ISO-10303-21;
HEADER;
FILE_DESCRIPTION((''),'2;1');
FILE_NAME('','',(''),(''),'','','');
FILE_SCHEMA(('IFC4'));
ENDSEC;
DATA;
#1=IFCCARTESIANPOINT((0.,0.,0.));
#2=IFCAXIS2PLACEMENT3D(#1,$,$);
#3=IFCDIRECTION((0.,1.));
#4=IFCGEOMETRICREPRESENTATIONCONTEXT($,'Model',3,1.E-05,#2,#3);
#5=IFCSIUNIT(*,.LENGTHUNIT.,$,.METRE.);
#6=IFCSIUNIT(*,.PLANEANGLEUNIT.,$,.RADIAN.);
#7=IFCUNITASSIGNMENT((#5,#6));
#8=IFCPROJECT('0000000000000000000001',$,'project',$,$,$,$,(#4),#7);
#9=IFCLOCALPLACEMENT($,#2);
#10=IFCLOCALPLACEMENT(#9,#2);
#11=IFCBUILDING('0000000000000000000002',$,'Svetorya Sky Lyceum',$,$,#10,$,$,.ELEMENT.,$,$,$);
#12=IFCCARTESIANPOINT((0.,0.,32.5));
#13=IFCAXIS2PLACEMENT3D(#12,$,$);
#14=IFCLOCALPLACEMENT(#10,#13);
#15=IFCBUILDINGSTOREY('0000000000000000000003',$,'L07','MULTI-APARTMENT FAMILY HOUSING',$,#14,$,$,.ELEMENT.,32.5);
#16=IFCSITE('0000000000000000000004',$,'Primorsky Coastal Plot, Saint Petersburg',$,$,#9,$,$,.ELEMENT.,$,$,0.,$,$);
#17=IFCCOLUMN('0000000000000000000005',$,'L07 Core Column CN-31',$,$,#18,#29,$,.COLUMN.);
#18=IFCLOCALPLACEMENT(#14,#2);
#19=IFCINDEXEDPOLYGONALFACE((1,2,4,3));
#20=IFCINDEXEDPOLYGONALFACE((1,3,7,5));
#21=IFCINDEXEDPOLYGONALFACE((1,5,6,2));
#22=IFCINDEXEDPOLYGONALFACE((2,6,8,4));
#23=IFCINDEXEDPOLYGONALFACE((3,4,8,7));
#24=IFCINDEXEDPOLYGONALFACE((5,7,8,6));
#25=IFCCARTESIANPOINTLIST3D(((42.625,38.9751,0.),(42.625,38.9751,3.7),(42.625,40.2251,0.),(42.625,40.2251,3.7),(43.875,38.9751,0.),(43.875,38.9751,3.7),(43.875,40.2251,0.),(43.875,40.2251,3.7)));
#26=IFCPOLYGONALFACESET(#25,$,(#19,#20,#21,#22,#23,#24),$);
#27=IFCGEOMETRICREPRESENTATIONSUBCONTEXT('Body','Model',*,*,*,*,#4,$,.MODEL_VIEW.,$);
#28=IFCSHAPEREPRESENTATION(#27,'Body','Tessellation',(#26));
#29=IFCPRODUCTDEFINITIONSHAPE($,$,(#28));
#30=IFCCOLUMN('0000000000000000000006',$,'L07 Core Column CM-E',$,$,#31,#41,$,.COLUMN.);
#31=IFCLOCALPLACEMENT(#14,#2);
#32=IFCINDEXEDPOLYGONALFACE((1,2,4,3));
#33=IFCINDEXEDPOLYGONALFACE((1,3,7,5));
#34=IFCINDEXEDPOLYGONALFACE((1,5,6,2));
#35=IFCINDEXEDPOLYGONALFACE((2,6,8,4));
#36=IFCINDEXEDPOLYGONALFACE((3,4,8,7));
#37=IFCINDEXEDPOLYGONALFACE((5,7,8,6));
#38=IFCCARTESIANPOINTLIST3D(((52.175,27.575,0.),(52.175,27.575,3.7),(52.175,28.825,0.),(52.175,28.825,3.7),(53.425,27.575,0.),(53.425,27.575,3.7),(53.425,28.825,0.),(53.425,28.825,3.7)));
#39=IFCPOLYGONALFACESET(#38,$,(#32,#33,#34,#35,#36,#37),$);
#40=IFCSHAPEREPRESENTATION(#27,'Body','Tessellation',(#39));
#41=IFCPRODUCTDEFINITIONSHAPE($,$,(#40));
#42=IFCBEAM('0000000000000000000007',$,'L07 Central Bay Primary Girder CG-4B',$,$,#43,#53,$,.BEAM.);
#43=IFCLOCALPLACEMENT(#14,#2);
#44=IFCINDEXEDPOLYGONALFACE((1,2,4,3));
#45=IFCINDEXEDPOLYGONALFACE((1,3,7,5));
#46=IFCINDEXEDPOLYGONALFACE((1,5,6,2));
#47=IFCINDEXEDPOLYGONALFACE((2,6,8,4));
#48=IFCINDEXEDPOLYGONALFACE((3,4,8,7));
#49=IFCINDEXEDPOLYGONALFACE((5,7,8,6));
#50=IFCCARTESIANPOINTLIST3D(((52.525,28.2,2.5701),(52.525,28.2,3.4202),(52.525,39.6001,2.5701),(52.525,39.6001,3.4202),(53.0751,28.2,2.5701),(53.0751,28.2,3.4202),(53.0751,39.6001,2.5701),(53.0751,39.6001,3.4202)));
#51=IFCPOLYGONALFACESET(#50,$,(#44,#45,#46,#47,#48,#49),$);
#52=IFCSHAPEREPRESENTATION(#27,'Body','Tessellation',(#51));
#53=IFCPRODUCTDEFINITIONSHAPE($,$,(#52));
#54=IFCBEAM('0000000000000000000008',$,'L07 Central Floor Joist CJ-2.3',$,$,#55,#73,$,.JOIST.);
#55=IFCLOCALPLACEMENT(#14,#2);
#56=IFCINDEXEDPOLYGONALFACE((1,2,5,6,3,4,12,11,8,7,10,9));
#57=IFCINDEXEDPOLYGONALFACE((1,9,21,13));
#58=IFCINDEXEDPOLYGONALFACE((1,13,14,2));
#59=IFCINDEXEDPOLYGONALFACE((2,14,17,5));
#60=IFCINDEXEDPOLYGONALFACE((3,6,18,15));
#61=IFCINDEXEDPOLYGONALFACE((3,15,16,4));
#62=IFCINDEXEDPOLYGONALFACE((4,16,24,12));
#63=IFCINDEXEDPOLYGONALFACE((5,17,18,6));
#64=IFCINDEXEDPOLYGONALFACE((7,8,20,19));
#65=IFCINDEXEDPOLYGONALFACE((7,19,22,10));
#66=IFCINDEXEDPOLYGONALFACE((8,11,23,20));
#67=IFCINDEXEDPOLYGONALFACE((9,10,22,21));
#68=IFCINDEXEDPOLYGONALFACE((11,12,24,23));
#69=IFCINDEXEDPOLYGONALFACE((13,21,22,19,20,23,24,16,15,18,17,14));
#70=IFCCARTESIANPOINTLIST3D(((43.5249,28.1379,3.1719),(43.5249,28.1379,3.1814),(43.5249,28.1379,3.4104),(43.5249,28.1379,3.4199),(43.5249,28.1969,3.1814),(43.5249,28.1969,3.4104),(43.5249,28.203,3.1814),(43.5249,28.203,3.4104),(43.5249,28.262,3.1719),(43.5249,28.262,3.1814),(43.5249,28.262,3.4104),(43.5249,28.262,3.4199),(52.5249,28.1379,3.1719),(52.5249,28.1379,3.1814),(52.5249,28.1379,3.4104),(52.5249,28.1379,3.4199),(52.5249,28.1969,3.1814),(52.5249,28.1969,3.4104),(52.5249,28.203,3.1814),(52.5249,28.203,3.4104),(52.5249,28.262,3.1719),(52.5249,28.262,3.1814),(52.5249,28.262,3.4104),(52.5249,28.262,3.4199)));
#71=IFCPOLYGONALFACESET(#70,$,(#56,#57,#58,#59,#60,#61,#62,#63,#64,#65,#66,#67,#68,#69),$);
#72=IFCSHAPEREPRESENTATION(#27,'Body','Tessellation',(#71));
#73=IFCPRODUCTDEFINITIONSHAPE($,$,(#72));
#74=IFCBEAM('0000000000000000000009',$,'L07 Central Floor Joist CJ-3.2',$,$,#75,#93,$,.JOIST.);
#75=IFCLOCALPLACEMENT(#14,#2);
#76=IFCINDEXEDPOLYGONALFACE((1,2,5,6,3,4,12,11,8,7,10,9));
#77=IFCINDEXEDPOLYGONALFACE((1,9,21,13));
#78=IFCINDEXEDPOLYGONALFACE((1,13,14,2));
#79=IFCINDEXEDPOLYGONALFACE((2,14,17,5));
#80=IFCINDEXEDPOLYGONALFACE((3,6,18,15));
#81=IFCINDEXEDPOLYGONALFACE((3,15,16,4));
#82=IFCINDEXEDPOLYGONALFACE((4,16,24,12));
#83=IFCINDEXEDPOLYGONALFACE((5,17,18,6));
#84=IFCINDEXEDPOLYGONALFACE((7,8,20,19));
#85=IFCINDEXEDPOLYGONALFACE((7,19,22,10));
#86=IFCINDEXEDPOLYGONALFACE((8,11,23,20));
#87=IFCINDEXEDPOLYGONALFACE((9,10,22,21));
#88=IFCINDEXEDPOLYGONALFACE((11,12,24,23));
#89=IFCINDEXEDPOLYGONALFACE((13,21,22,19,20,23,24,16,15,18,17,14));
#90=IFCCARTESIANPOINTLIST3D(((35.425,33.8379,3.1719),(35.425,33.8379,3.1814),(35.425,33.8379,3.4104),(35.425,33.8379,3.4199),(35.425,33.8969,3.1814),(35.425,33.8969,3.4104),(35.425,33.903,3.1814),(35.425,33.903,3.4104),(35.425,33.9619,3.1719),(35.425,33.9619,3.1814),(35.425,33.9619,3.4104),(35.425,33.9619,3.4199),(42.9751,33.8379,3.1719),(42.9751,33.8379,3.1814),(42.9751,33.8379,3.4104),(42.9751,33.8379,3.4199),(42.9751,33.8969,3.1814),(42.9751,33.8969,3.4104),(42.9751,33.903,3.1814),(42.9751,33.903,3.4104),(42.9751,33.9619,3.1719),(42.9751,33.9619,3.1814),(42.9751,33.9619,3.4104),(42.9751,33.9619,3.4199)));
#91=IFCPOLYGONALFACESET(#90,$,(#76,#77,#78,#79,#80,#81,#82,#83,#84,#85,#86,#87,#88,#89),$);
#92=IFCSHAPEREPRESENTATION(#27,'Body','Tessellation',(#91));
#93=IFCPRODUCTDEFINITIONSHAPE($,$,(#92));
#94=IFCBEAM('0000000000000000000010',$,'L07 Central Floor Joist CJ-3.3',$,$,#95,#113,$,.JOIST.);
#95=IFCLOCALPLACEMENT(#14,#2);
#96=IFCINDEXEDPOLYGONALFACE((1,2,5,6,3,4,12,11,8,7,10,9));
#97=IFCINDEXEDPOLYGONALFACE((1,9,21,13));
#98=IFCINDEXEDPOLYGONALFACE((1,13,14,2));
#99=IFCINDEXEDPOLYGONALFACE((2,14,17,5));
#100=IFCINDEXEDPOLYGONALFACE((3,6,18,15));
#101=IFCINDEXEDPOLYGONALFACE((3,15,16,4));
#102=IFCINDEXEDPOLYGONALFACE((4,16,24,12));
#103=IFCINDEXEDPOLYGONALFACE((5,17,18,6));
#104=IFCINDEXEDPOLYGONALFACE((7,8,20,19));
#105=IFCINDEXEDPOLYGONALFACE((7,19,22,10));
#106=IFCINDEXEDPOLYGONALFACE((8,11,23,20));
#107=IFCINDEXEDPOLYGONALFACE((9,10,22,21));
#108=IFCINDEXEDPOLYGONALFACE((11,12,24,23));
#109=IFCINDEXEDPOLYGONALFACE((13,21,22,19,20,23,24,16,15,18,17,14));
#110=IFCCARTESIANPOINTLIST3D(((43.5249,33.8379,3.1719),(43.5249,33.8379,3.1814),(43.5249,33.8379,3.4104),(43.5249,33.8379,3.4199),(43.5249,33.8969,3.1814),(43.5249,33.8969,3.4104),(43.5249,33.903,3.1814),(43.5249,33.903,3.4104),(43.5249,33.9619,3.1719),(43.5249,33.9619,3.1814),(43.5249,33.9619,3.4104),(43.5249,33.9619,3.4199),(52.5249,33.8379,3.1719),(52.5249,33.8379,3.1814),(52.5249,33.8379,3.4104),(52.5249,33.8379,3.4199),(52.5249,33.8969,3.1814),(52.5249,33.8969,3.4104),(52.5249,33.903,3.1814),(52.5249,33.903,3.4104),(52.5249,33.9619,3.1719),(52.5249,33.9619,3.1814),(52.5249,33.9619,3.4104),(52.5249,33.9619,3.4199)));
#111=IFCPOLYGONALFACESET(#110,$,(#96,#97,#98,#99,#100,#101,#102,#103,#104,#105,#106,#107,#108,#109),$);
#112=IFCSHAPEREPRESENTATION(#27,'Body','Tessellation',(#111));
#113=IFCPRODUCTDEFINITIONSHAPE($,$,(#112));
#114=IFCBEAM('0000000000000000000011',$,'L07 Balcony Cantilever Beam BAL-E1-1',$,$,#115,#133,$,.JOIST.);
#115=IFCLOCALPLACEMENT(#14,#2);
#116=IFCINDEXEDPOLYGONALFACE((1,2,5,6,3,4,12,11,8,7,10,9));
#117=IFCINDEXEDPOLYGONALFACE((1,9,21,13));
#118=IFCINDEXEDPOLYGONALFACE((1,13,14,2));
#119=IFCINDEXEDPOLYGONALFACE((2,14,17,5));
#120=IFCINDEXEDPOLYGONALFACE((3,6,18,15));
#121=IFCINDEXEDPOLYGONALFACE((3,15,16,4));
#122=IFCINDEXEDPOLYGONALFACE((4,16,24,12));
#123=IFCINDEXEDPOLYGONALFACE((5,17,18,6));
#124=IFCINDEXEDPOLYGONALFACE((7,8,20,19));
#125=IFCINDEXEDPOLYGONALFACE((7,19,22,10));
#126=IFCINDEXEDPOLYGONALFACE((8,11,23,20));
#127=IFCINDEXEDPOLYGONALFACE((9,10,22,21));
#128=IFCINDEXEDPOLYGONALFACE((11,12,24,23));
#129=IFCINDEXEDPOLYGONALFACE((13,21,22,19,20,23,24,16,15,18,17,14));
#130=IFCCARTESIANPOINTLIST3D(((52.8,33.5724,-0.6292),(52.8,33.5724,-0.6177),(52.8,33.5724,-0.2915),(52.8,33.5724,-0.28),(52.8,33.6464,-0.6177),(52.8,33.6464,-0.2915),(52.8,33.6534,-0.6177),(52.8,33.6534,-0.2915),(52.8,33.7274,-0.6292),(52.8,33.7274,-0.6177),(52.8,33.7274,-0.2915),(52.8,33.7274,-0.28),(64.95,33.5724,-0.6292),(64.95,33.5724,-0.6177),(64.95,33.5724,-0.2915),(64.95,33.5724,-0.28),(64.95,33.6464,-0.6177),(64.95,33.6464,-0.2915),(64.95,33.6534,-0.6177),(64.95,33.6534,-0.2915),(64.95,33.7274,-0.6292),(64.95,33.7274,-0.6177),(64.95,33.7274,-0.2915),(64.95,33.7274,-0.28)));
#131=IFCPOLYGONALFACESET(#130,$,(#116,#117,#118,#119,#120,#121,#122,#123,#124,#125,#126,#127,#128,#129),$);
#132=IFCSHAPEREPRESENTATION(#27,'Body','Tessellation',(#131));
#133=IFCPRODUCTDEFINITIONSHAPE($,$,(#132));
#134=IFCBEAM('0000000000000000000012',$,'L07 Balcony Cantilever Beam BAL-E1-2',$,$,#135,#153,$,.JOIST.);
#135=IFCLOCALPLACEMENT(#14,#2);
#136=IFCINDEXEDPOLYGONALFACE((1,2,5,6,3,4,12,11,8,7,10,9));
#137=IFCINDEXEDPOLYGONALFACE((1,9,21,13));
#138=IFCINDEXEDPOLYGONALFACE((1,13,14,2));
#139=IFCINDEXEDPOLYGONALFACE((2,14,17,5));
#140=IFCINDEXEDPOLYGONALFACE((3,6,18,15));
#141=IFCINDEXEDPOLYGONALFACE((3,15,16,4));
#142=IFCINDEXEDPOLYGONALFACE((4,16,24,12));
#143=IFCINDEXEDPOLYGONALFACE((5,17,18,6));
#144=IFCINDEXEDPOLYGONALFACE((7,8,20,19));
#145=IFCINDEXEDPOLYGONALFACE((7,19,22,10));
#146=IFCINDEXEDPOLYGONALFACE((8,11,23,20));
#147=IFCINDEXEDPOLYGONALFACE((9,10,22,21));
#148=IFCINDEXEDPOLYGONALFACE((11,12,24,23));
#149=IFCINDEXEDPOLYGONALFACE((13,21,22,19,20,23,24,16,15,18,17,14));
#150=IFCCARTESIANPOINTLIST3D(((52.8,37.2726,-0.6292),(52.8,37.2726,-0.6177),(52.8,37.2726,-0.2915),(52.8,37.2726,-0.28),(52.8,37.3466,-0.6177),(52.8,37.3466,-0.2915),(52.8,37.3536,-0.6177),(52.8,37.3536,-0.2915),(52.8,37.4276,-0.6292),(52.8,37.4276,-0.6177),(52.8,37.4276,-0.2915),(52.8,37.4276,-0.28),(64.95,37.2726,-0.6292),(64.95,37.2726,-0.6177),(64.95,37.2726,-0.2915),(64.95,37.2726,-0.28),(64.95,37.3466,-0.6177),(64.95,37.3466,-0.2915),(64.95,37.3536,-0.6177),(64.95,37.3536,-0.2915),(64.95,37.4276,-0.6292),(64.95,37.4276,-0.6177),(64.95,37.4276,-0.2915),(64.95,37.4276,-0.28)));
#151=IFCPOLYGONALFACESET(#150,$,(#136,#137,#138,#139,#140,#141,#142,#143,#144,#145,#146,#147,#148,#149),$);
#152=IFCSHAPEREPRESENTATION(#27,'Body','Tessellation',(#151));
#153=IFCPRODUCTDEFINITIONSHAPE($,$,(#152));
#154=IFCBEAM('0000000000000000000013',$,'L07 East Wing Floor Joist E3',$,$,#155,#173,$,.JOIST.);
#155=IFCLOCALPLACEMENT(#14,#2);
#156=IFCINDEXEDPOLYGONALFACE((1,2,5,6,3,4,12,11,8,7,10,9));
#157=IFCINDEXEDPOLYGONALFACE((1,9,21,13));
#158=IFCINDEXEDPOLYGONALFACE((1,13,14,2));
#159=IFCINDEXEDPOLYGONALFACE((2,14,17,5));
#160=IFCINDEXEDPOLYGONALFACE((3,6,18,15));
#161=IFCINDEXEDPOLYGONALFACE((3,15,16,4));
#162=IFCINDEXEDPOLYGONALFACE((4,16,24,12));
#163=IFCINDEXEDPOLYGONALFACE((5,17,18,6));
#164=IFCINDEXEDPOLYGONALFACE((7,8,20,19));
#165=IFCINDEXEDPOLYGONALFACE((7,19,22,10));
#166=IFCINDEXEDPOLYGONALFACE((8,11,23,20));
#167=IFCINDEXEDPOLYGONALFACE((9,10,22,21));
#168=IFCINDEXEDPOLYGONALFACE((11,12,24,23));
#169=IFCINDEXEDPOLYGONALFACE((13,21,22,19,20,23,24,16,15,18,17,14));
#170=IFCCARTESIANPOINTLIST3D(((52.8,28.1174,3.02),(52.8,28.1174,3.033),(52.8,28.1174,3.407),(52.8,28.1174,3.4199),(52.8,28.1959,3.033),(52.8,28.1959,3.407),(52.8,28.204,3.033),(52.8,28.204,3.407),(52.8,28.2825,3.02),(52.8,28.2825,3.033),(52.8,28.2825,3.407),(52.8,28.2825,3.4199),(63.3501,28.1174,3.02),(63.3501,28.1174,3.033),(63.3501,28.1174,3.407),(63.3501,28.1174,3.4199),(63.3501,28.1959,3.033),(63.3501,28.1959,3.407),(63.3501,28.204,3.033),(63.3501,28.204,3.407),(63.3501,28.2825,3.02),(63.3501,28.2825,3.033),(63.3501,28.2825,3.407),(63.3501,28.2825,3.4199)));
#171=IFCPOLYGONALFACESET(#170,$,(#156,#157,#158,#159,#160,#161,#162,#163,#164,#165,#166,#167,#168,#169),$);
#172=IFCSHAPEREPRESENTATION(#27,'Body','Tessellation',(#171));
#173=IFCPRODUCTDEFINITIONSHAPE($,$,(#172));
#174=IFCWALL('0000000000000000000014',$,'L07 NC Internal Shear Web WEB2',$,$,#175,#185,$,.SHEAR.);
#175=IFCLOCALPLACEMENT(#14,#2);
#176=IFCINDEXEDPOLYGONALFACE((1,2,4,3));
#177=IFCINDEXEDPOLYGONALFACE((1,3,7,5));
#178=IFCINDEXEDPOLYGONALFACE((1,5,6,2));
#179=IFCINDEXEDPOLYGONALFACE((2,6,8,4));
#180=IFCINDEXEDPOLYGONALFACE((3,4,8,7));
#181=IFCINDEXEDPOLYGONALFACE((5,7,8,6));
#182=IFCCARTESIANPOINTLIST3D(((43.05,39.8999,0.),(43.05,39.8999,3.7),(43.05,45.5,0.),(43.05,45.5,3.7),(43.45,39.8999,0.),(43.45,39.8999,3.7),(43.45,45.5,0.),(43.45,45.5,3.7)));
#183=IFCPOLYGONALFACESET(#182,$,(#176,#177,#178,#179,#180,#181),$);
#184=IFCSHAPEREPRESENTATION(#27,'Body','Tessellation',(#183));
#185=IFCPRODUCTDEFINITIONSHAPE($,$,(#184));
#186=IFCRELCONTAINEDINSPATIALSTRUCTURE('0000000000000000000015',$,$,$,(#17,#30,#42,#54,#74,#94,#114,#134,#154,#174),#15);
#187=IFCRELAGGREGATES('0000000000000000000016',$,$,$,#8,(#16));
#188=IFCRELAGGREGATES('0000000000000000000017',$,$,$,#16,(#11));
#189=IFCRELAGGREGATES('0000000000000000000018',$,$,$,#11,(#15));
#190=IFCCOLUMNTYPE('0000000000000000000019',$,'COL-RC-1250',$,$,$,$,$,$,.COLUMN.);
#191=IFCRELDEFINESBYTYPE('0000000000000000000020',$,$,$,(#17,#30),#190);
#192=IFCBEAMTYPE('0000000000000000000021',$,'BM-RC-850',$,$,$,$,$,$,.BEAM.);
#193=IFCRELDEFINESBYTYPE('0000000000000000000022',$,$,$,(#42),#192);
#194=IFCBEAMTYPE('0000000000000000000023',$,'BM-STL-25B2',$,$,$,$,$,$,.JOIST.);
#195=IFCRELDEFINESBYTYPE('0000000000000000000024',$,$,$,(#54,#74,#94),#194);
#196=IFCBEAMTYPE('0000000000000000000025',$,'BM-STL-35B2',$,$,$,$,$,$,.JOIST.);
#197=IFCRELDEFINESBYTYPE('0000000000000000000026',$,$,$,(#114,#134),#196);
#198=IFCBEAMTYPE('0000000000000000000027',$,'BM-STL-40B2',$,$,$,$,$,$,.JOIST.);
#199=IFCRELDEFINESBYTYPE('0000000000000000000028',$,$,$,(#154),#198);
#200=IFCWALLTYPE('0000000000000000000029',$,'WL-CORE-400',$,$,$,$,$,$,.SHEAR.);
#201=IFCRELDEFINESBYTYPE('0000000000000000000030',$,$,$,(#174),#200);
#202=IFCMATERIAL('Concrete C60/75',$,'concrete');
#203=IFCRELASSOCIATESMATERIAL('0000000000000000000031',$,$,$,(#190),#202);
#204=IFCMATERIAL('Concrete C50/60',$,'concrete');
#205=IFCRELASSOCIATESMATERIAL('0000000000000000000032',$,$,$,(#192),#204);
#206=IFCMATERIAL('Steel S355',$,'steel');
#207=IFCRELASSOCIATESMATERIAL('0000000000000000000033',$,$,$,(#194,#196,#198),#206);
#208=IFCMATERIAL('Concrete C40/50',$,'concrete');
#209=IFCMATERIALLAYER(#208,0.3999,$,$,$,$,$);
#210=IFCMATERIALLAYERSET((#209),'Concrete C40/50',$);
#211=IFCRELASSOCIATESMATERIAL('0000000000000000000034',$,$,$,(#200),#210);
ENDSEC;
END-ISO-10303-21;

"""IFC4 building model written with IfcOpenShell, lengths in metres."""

from ifc_helpers import new_model, si_unit, direction, frame, frame_2d, origin, origin_2d, place, context, subcontext, project, spatial, rectangle, i_section, extrude, material, layer, layer_set, material_profile, profile_set, type_object, element, save


model = new_model("IFC4")

# Units and contexts
model_context = context("Model", 3, precision=1e-05, world=origin(), true_north=direction((0.0, 1.0)))
body_context = subcontext(model_context, "Body", "Model", "MODEL_VIEW")
ifc_project = project(units=[si_unit("LENGTHUNIT", "METRE"), si_unit("PLANEANGLEUNIT", "RADIAN")], contexts=[model_context])

# Site, building, storey
site_placement = place(None, origin())
site = spatial("IfcSite", under=ifc_project, at=site_placement, Name="Primorsky Coastal Plot, Saint Petersburg", CompositionType="ELEMENT", RefElevation=0.0)
building_placement = place(site_placement, origin())
building = spatial("IfcBuilding", under=site, at=building_placement, Name="Svetorya Sky Lyceum", CompositionType="ELEMENT")
storey_placement = place(building_placement, frame((0.0, 0.0, 32.5)))
storey = spatial("IfcBuildingStorey", under=building, at=storey_placement, Name="L07", Description="MULTI-APARTMENT FAMILY HOUSING", CompositionType="ELEMENT", Elevation=32.5)

# Columns
ifc_material_1 = material(Name="Concrete C60/75", Category="concrete")
ifc_material_profile_1 = material_profile(ifc_material_1, rectangle(XDim=1.25, YDim=1.25, at=origin_2d()), Name="RC COL 1250x1250")
ifc_profile_set_1 = profile_set([ifc_material_profile_1], Name="Concrete C60/75")
column_type = type_object("IfcColumnType", Name="COL-RC-1250", PredefinedType="COLUMN", material=ifc_profile_set_1)
for number, where, z_axis, x_axis, name in (
    (1, (43.25, 39.6001, 0.0), (0.0, 0.0, 1.0), (1.0, 0.0, 0.0), "L07 Core Column CN-31"),
    (2, (52.8, 28.2, 0.0), (0.0, 0.0, 1.0), (1.0, 0.0, 0.0), "L07 Core Column CM-E"),
):
    element("IfcColumn", number, at=place(storey_placement, frame(where, z_axis=z_axis, x_axis=x_axis)), inside=storey, type_object=column_type, Name=name, PredefinedType="COLUMN", context=body_context, shape_type="SweptSolid", body=[
        extrude(rectangle(XDim=1.25, YDim=1.25, at=origin_2d()), origin(), (0.0, 0.0, 1.0), 3.7),
    ])

# Beams
ifc_material_2 = material(Name="Concrete C50/60", Category="concrete")
ifc_material_profile_2 = material_profile(ifc_material_2, rectangle(XDim=0.55, YDim=0.8501, at=origin_2d()), Name="RC BEAM 550x850")
ifc_profile_set_2 = profile_set([ifc_material_profile_2], Name="Concrete C50/60")
beam_type_1 = type_object("IfcBeamType", Name="BM-RC-850", PredefinedType="BEAM", material=ifc_profile_set_2)
beam_1_placement = place(storey_placement, frame((52.8, 28.2, 2.9951), z_axis=(0.0, 1.0, 0.0), x_axis=(-1.0, 0.0, 0.0)))
element("IfcBeam", 3, at=beam_1_placement, inside=storey, type_object=beam_type_1, Name="L07 Central Bay Primary Girder CG-4B", PredefinedType="BEAM", context=body_context, shape_type="SweptSolid", body=[
    extrude(rectangle(XDim=0.55, YDim=0.8501, at=origin_2d()), origin(), (0.0, 0.0, 1.0), 11.4001),
])
ifc_material_3 = material(Name="Steel S355", Category="steel")
ifc_material_profile_3 = material_profile(ifc_material_3, i_section(OverallWidth=0.124, OverallDepth=0.248, WebThickness=0.0061, FlangeThickness=0.0095, at=origin_2d()), Name="GOST 25B2")
ifc_profile_set_3 = profile_set([ifc_material_profile_3], Name="Steel S355")
beam_type_2 = type_object("IfcBeamType", Name="BM-STL-25B2", PredefinedType="JOIST", material=ifc_profile_set_3)
beam_2_placement = place(storey_placement, frame((43.5249, 28.2, 3.2959), z_axis=(1.0, 0.0, 0.0), x_axis=(0.0, 1.0, 0.0)))
element("IfcBeam", 4, at=beam_2_placement, inside=storey, type_object=beam_type_2, Name="L07 Central Floor Joist CJ-2.3", PredefinedType="JOIST", context=body_context, shape_type="SweptSolid", body=[
    extrude(i_section(OverallWidth=0.124, OverallDepth=0.248, WebThickness=0.0061, FlangeThickness=0.0095, at=origin_2d()), origin(), (0.0, 0.0, 1.0), 9.0),
])
beam_3_placement = place(storey_placement, frame((35.425, 33.8999, 3.2959), z_axis=(1.0, 0.0, 0.0), x_axis=(0.0, 1.0, 0.0)))
element("IfcBeam", 5, at=beam_3_placement, inside=storey, type_object=beam_type_2, Name="L07 Central Floor Joist CJ-3.2", PredefinedType="JOIST", context=body_context, shape_type="SweptSolid", body=[
    extrude(i_section(OverallWidth=0.124, OverallDepth=0.248, WebThickness=0.0061, FlangeThickness=0.0095, at=origin_2d()), origin(), (0.0, 0.0, 1.0), 7.55),
])
beam_4_placement = place(storey_placement, frame((43.5249, 33.8999, 3.2959), z_axis=(1.0, 0.0, 0.0), x_axis=(0.0, 1.0, 0.0)))
element("IfcBeam", 6, at=beam_4_placement, inside=storey, type_object=beam_type_2, Name="L07 Central Floor Joist CJ-3.3", PredefinedType="JOIST", context=body_context, shape_type="SweptSolid", body=[
    extrude(i_section(OverallWidth=0.124, OverallDepth=0.248, WebThickness=0.0061, FlangeThickness=0.0095, at=origin_2d()), origin(), (0.0, 0.0, 1.0), 9.0),
])
ifc_material_profile_4 = material_profile(ifc_material_3, i_section(OverallWidth=0.155, OverallDepth=0.3491, WebThickness=0.0071, FlangeThickness=0.0115, at=origin_2d()), Name="GOST 35B2")
ifc_profile_set_4 = profile_set([ifc_material_profile_4], Name="Steel S355")
beam_type_3 = type_object("IfcBeamType", Name="BM-STL-35B2", PredefinedType="JOIST", material=ifc_profile_set_4)
for number, where, z_axis, x_axis, name in (
    (7, (52.8, 33.6499, -0.4546), (1.0, 0.0, 0.0), (0.0, 1.0, 0.0), "L07 Balcony Cantilever Beam BAL-E1-1"),
    (8, (52.8, 37.3501, -0.4546), (1.0, 0.0, 0.0), (0.0, 1.0, 0.0), "L07 Balcony Cantilever Beam BAL-E1-2"),
):
    element("IfcBeam", number, at=place(storey_placement, frame(where, z_axis=z_axis, x_axis=x_axis)), inside=storey, type_object=beam_type_3, Name=name, PredefinedType="JOIST", context=body_context, shape_type="SweptSolid", body=[
        extrude(i_section(OverallWidth=0.155, OverallDepth=0.3491, WebThickness=0.0071, FlangeThickness=0.0115, at=origin_2d()), origin(), (0.0, 0.0, 1.0), 12.1499),
    ])
ifc_material_profile_5 = material_profile(ifc_material_3, i_section(OverallWidth=0.165, OverallDepth=0.3999, WebThickness=0.0081, FlangeThickness=0.0129, at=origin_2d()), Name="GOST 40B2")
ifc_profile_set_5 = profile_set([ifc_material_profile_5], Name="Steel S355")
beam_type_4 = type_object("IfcBeamType", Name="BM-STL-40B2", PredefinedType="JOIST", material=ifc_profile_set_5)
beam_5_placement = place(storey_placement, frame((52.8, 28.2, 3.22), z_axis=(1.0, 0.0, 0.0), x_axis=(0.0, 1.0, 0.0)))
element("IfcBeam", 9, at=beam_5_placement, inside=storey, type_object=beam_type_4, Name="L07 East Wing Floor Joist E3", PredefinedType="JOIST", context=body_context, shape_type="SweptSolid", body=[
    extrude(i_section(OverallWidth=0.165, OverallDepth=0.3999, WebThickness=0.0081, FlangeThickness=0.0129, at=origin_2d()), origin(), (0.0, 0.0, 1.0), 10.55),
])

# Wall
ifc_material_4 = material(Name="Concrete C40/50", Category="concrete")
ifc_layer_1 = layer(ifc_material_4, 0.3999)
ifc_layer_set_1 = layer_set([ifc_layer_1], Name="Concrete C40/50")
wall_type_1 = type_object("IfcWallType", Name="WL-CORE-400", PredefinedType="SHEAR", material=ifc_layer_set_1)
wall_1_placement = place(storey_placement, frame((43.25, 39.8999, 0.0), z_axis=(0.0, 0.0, 1.0), x_axis=(0.0, 1.0, 0.0)))
element("IfcWall", 10, at=wall_1_placement, inside=storey, type_object=wall_type_1, Name="L07 NC Internal Shear Web WEB2", PredefinedType="SHEAR", context=body_context, shape_type="SweptSolid", body=[
    extrude(rectangle(XDim=5.6001, YDim=0.3999, at=frame_2d((2.8, 0.0))), origin(), (0.0, 0.0, 1.0), 3.7),
])

save(model, "model.ifc")
